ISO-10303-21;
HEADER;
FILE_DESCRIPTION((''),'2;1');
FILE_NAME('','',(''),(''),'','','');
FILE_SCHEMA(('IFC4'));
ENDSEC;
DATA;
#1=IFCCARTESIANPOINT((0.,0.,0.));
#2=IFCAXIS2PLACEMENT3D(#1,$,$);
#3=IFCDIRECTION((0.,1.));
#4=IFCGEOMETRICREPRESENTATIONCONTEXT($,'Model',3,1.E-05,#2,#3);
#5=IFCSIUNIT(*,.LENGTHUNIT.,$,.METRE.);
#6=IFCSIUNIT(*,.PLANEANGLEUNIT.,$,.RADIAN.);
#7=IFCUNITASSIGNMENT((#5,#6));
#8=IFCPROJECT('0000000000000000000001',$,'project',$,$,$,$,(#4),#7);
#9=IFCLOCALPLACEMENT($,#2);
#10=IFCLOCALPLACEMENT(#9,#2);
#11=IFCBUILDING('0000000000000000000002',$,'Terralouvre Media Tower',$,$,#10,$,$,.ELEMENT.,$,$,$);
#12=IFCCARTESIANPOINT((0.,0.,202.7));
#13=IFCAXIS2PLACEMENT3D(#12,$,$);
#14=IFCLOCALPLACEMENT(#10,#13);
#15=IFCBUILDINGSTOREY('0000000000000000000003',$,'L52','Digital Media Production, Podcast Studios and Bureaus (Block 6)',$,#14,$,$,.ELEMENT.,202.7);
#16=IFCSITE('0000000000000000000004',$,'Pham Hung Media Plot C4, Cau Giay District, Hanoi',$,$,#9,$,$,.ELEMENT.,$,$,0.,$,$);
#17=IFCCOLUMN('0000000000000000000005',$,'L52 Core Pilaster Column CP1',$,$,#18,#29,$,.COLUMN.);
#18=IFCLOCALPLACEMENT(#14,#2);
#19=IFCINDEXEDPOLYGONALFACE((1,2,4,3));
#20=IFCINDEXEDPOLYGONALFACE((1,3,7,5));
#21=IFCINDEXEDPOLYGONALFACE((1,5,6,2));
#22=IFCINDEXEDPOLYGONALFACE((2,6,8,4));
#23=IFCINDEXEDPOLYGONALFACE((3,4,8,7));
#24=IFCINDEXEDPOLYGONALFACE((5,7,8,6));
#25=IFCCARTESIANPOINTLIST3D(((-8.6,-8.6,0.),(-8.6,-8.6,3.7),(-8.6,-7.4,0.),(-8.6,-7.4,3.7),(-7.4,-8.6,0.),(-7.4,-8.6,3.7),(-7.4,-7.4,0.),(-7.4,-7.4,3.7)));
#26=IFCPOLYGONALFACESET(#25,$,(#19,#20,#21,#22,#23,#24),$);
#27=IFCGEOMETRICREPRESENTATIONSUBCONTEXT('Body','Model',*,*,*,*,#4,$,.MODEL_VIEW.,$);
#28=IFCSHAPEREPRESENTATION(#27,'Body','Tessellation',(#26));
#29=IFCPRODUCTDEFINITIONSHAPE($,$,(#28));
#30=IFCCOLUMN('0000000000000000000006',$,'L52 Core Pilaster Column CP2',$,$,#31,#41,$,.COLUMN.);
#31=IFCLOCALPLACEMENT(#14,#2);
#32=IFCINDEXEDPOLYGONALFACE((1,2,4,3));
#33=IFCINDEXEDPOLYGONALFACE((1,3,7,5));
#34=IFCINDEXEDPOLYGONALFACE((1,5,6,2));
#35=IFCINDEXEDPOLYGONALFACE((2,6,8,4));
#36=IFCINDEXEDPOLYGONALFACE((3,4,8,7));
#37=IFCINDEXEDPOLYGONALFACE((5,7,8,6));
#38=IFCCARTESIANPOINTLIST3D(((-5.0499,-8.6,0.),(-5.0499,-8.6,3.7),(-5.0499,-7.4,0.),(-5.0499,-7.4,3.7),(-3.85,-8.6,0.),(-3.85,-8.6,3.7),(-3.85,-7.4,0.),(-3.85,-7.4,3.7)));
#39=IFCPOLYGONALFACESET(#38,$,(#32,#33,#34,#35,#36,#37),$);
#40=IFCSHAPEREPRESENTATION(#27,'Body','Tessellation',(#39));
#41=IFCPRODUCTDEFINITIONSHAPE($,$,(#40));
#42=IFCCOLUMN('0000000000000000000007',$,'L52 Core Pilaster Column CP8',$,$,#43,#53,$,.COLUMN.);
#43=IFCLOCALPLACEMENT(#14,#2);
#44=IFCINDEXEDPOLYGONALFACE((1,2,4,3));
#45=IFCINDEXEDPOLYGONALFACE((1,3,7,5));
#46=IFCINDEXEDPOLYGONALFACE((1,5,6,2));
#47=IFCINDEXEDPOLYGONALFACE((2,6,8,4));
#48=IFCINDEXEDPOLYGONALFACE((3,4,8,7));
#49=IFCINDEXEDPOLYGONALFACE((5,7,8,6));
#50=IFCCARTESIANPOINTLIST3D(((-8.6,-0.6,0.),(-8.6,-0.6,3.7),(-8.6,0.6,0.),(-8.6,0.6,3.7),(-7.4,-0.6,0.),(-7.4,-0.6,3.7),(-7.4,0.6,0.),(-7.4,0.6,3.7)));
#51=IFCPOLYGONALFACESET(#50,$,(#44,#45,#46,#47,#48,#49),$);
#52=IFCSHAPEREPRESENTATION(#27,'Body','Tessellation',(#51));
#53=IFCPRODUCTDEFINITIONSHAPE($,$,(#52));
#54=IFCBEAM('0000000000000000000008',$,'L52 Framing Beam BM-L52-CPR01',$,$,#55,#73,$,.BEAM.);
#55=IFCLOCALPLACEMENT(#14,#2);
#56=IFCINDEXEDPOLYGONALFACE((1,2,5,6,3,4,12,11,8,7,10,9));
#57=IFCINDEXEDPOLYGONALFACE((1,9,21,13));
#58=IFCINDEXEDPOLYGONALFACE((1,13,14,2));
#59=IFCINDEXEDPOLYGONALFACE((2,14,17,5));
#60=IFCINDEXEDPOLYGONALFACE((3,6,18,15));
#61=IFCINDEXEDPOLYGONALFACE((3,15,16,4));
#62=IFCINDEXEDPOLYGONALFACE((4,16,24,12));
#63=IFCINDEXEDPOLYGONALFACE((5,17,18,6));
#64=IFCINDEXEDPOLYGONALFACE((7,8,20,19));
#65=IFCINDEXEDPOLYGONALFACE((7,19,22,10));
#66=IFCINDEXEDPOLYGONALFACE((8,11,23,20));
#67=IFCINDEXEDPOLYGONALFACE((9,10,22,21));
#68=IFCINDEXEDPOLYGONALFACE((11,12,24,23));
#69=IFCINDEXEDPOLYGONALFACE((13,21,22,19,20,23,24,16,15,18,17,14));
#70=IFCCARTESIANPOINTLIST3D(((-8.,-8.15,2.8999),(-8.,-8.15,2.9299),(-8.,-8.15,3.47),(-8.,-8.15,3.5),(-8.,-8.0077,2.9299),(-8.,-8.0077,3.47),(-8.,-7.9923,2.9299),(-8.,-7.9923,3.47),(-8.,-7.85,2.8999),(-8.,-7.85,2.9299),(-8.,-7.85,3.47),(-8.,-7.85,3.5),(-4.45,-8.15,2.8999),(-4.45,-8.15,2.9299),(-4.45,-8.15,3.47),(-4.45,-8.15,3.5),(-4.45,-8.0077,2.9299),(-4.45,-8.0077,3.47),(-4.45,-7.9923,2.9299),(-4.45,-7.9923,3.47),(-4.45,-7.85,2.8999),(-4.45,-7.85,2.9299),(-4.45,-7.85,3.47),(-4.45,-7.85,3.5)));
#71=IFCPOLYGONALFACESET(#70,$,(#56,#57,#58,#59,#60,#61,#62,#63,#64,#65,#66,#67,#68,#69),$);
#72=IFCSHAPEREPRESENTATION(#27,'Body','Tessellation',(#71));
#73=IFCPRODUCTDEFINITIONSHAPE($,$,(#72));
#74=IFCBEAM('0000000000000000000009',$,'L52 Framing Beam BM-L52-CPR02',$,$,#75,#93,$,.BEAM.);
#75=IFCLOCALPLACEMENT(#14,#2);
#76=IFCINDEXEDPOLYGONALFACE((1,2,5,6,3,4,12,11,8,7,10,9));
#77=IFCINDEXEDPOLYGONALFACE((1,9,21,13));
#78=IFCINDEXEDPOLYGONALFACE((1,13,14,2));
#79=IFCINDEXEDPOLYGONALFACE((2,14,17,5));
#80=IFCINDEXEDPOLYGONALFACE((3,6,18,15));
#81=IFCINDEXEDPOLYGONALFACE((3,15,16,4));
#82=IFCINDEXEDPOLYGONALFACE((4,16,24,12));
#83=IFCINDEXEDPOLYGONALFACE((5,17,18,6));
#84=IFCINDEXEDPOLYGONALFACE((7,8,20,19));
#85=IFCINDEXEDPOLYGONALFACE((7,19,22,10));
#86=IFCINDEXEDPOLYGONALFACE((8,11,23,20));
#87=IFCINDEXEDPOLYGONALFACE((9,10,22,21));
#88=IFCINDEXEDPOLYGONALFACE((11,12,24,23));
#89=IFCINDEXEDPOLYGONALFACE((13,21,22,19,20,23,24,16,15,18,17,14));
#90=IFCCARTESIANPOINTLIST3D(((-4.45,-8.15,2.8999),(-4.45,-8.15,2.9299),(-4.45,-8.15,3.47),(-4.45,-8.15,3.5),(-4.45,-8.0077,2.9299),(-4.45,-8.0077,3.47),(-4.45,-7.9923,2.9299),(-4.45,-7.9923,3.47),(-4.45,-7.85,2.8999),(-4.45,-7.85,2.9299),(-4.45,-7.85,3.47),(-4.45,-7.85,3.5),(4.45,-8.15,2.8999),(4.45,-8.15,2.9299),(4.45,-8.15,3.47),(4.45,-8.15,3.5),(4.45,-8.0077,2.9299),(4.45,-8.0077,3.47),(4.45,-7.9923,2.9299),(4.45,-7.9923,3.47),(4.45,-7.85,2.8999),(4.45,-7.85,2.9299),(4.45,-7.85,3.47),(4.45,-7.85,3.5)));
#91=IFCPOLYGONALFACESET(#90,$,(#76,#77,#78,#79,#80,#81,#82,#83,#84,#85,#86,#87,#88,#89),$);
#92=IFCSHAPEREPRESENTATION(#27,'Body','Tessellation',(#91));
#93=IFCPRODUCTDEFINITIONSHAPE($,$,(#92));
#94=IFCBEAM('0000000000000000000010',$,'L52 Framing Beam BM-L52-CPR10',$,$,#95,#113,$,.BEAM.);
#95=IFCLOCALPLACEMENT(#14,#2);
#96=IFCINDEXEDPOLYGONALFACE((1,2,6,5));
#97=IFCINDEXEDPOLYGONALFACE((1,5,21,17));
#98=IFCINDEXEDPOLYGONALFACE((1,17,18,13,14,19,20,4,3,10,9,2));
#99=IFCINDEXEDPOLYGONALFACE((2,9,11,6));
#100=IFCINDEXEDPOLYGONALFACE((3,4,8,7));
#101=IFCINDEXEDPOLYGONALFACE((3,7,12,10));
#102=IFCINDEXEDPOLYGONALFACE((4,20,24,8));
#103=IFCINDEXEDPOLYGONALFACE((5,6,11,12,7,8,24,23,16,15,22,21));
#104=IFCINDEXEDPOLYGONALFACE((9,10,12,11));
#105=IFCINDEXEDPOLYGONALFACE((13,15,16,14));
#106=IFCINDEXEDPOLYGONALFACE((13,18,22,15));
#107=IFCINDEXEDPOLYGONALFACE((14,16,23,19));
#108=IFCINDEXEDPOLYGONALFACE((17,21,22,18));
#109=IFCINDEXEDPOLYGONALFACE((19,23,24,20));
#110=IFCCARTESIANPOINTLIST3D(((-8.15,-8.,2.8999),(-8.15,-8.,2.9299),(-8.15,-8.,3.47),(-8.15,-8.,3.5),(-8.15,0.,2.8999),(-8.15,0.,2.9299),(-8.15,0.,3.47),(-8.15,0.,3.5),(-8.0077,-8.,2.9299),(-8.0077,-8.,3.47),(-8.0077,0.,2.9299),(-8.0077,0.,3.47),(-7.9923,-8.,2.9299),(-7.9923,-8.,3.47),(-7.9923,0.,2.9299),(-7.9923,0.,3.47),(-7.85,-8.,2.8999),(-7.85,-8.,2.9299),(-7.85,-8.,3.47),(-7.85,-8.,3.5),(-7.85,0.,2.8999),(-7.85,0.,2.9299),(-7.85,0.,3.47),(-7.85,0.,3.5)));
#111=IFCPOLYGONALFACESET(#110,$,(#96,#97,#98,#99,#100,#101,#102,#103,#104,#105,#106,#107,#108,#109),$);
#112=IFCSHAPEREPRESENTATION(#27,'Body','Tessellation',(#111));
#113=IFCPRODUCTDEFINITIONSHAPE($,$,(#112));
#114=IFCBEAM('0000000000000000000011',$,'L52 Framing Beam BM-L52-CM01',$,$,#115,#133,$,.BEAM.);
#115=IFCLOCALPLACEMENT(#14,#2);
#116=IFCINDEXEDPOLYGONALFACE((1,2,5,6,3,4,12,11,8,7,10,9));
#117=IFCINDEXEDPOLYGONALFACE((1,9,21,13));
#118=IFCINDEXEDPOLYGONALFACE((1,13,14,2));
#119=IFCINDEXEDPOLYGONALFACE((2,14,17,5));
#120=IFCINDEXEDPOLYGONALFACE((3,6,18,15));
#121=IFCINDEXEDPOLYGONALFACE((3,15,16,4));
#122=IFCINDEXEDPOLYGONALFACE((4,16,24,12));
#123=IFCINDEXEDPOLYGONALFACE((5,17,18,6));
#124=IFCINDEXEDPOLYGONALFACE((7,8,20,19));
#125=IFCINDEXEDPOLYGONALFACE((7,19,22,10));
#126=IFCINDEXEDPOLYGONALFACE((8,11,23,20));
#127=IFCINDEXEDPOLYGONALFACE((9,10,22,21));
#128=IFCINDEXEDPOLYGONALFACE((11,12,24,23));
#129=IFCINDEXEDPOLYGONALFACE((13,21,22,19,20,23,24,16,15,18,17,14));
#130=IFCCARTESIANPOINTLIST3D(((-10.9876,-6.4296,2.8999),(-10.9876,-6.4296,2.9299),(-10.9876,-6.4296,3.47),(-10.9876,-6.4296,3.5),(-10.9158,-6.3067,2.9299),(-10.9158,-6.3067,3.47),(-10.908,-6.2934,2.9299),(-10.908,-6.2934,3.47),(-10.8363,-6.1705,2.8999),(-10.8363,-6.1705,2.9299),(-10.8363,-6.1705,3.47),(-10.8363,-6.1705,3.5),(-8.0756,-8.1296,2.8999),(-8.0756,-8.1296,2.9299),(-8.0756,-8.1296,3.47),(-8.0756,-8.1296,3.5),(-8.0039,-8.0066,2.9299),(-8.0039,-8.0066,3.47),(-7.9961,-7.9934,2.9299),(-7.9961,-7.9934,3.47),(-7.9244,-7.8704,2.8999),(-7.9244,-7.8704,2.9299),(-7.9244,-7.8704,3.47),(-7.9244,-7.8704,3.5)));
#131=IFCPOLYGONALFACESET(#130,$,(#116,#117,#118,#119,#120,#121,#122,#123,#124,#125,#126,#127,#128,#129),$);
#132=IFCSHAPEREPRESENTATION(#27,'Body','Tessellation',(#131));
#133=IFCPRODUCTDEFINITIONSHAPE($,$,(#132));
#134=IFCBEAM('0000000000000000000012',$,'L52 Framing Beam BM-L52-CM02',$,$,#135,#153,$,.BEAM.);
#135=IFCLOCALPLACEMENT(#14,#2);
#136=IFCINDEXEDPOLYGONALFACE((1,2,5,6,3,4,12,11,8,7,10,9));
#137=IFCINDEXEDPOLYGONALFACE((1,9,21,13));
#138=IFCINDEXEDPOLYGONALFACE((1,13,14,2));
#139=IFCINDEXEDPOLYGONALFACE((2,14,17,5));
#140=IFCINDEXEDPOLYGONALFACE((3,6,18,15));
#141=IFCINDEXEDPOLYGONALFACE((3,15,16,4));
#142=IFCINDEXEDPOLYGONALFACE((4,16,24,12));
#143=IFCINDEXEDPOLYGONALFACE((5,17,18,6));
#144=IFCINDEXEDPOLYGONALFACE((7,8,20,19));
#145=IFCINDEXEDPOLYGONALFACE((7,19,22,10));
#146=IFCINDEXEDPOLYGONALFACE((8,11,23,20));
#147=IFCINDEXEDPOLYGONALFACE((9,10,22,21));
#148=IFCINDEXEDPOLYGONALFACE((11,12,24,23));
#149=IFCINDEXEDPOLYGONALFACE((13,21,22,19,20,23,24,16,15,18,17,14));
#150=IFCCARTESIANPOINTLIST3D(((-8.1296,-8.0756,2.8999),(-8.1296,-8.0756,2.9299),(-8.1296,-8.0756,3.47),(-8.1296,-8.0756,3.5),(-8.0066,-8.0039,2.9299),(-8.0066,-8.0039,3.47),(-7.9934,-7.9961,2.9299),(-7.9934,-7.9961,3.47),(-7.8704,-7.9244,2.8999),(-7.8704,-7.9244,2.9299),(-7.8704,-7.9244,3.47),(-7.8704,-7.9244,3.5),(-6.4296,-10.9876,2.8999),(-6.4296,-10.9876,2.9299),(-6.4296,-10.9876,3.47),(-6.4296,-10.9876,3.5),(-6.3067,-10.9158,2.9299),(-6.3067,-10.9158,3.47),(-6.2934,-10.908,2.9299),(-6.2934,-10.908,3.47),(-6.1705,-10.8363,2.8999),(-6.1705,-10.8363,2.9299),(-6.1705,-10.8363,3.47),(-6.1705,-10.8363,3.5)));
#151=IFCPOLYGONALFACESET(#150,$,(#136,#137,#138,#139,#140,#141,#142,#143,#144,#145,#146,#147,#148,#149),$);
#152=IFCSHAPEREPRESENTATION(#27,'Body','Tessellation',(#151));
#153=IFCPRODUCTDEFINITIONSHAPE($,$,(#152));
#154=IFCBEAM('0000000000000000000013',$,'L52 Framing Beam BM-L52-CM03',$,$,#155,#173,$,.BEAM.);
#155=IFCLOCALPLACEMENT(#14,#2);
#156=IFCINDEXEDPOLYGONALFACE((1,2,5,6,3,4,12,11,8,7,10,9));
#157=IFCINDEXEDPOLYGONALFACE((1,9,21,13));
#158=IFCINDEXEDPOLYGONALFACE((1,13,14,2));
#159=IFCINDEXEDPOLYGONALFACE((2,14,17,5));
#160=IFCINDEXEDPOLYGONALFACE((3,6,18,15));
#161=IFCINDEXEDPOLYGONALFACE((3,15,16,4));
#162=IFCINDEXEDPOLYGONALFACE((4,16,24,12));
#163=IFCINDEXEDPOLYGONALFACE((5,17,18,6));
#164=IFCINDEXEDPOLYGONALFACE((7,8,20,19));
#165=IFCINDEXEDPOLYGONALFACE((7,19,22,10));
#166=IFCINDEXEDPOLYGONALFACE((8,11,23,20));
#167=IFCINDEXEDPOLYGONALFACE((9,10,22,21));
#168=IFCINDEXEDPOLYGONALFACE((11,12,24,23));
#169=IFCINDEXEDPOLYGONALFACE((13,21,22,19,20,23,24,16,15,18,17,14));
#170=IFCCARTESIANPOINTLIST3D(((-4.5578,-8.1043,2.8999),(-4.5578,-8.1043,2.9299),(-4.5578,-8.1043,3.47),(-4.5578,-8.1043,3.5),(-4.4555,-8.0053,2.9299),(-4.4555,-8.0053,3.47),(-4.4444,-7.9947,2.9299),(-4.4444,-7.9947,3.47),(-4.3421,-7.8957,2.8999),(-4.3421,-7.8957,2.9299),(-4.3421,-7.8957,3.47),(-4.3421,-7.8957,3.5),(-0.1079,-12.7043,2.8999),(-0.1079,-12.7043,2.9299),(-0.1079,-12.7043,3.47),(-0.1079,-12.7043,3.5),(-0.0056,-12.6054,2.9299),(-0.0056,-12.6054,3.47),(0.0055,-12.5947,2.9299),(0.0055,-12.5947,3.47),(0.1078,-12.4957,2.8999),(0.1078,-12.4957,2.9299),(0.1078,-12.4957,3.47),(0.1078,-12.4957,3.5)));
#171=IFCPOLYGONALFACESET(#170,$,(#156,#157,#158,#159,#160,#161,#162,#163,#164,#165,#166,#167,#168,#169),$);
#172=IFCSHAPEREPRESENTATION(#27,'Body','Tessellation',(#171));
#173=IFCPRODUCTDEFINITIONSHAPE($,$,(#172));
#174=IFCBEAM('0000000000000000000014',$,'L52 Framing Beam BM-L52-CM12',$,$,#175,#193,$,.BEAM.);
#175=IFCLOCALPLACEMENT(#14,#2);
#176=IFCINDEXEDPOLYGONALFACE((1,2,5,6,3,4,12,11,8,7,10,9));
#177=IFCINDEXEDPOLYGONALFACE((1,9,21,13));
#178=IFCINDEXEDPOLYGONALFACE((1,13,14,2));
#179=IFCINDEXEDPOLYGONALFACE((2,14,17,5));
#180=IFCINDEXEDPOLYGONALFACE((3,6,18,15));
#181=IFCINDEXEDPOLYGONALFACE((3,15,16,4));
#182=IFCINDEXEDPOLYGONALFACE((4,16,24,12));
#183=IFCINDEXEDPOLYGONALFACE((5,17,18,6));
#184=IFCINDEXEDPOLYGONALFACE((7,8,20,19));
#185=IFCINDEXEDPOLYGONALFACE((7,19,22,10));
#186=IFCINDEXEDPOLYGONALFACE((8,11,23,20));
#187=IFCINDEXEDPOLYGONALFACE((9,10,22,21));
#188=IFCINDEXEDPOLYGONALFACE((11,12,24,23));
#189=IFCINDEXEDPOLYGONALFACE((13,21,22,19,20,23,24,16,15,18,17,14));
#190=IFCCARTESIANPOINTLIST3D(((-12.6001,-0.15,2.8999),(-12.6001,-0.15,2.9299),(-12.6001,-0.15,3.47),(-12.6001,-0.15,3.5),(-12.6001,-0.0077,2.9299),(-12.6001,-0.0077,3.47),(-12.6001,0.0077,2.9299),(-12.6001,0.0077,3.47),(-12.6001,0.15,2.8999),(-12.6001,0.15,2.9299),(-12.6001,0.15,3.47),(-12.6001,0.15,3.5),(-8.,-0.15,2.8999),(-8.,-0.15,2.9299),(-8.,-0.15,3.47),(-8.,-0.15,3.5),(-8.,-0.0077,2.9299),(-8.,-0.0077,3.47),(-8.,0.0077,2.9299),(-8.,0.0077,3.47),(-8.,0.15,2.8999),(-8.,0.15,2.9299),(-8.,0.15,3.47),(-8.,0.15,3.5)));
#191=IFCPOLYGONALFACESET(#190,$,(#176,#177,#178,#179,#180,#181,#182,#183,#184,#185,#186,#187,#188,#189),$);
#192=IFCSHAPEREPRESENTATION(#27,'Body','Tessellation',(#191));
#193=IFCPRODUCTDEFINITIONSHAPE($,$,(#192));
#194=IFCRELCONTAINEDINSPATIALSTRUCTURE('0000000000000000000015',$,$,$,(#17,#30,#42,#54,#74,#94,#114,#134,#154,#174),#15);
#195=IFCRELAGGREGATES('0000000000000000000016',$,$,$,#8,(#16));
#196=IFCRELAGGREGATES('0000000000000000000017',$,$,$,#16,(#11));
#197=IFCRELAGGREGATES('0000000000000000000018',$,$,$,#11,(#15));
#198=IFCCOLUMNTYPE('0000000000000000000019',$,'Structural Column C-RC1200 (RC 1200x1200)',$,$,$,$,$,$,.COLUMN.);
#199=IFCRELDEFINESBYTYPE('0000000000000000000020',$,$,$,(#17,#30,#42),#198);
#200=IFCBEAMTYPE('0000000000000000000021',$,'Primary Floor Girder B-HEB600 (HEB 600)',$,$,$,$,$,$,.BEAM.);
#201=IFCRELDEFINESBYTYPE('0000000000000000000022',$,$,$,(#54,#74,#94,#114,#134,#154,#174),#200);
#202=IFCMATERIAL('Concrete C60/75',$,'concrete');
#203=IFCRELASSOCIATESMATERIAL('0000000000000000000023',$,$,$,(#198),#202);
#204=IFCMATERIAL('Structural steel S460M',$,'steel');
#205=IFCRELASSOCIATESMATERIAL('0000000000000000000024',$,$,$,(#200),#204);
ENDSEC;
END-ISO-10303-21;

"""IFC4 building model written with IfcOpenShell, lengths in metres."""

from ifc_helpers import new_model, si_unit, direction, frame, origin, origin_2d, place, context, subcontext, project, spatial, rectangle, i_section, extrude, material, material_profile, profile_set, type_object, element, save


model = new_model("IFC4")

# Units and contexts
model_context = context("Model", 3, precision=1e-05, world=origin(), true_north=direction((0.0, 1.0)))
body_context = subcontext(model_context, "Body", "Model", "MODEL_VIEW")
ifc_project = project(units=[si_unit("LENGTHUNIT", "METRE"), si_unit("PLANEANGLEUNIT", "RADIAN")], contexts=[model_context])

# Site, building, storey
site_placement = place(None, origin())
site = spatial("IfcSite", under=ifc_project, at=site_placement, Name="Pham Hung Media Plot C4, Cau Giay District, Hanoi", CompositionType="ELEMENT", RefElevation=0.0)
building_placement = place(site_placement, origin())
building = spatial("IfcBuilding", under=site, at=building_placement, Name="Terralouvre Media Tower", CompositionType="ELEMENT")
storey_placement = place(building_placement, frame((0.0, 0.0, 202.7)))
storey = spatial("IfcBuildingStorey", under=building, at=storey_placement, Name="L52", Description="Digital Media Production, Podcast Studios and Bureaus (Block 6)", CompositionType="ELEMENT", Elevation=202.7)

# Columns
ifc_material_1 = material(Name="Concrete C60/75", Category="concrete")
ifc_material_profile_1 = material_profile(ifc_material_1, rectangle(XDim=1.2, YDim=1.2, at=origin_2d()), Name="RC 1200x1200")
ifc_profile_set_1 = profile_set([ifc_material_profile_1], Name="Concrete C60/75")
column_type = type_object("IfcColumnType", Name="Structural Column C-RC1200 (RC 1200x1200)", PredefinedType="COLUMN", material=ifc_profile_set_1)
for number, where, z_axis, x_axis, name in (
    (1, (-8.0, -8.0, 0.0), (0.0, 0.0, 1.0), (1.0, 0.0, 0.0), "L52 Core Pilaster Column CP1"),
    (2, (-4.45, -8.0, 0.0), (0.0, 0.0, 1.0), (1.0, 0.0, 0.0), "L52 Core Pilaster Column CP2"),
    (3, (-8.0, 0.0, 0.0), (0.0, 0.0, 1.0), (1.0, 0.0, 0.0), "L52 Core Pilaster Column CP8"),
):
    element("IfcColumn", number, at=place(storey_placement, frame(where, z_axis=z_axis, x_axis=x_axis)), inside=storey, type_object=column_type, Name=name, PredefinedType="COLUMN", context=body_context, shape_type="SweptSolid", body=[
        extrude(rectangle(XDim=1.2, YDim=1.2, at=origin_2d()), origin(), (0.0, 0.0, 1.0), 3.7),
    ])

# Beams
ifc_material_2 = material(Name="Structural steel S460M", Category="steel")
ifc_material_profile_2 = material_profile(ifc_material_2, i_section(OverallWidth=0.3, OverallDepth=0.6001, WebThickness=0.0154, FlangeThickness=0.03, at=origin_2d()), Name="HEB 600")
ifc_profile_set_2 = profile_set([ifc_material_profile_2], Name="Structural steel S460M")
beam_type = type_object("IfcBeamType", Name="Primary Floor Girder B-HEB600 (HEB 600)", PredefinedType="BEAM", material=ifc_profile_set_2)
beam_1_placement = place(storey_placement, frame((-8.0, -8.0, 3.2), z_axis=(1.0, 0.0, 0.0), x_axis=(0.0, 1.0, 0.0)))
element("IfcBeam", 4, at=beam_1_placement, inside=storey, type_object=beam_type, Name="L52 Framing Beam BM-L52-CPR01", PredefinedType="BEAM", context=body_context, shape_type="SweptSolid", body=[
    extrude(i_section(OverallWidth=0.3, OverallDepth=0.6001, WebThickness=0.0154, FlangeThickness=0.03, at=origin_2d()), origin(), (0.0, 0.0, 1.0), 3.55),
])
beam_2_placement = place(storey_placement, frame((-4.45, -8.0, 3.2), z_axis=(1.0, 0.0, 0.0), x_axis=(0.0, 1.0, 0.0)))
element("IfcBeam", 5, at=beam_2_placement, inside=storey, type_object=beam_type, Name="L52 Framing Beam BM-L52-CPR02", PredefinedType="BEAM", context=body_context, shape_type="SweptSolid", body=[
    extrude(i_section(OverallWidth=0.3, OverallDepth=0.6001, WebThickness=0.0154, FlangeThickness=0.03, at=origin_2d()), origin(), (0.0, 0.0, 1.0), 8.8999),
])
beam_3_placement = place(storey_placement, frame((-8.0, 0.0, 3.2), z_axis=(0.0, -1.0, 0.0), x_axis=(1.0, 0.0, 0.0)))
element("IfcBeam", 6, at=beam_3_placement, inside=storey, type_object=beam_type, Name="L52 Framing Beam BM-L52-CPR10", PredefinedType="BEAM", context=body_context, shape_type="SweptSolid", body=[
    extrude(i_section(OverallWidth=0.3, OverallDepth=0.6001, WebThickness=0.0154, FlangeThickness=0.03, at=origin_2d()), origin(), (0.0, 0.0, 1.0), 8.0),
])
for number, where, z_axis, x_axis, name in (
    (7, (-8.0, -8.0, 3.2), (-0.863603, 0.504173, 0.0), (-0.504173, -0.863603, 0.0), "L52 Framing Beam BM-L52-CM01"),
    (8, (-8.0, -8.0, 3.2), (0.504173, -0.863603, 0.0), (0.863603, 0.504173, 0.0), "L52 Framing Beam BM-L52-CM02"),
):
    element("IfcBeam", number, at=place(storey_placement, frame(where, z_axis=z_axis, x_axis=x_axis)), inside=storey, type_object=beam_type, Name=name, PredefinedType="BEAM", context=body_context, shape_type="SweptSolid", body=[
        extrude(i_section(OverallWidth=0.3, OverallDepth=0.6001, WebThickness=0.0154, FlangeThickness=0.03, at=origin_2d()), origin(), (0.0, 0.0, 1.0), 3.3718),
    ])
beam_4_placement = place(storey_placement, frame((-4.45, -8.0, 3.2), z_axis=(0.69528, -0.718739, 0.0), x_axis=(0.718739, 0.69528, 0.0)))
element("IfcBeam", 9, at=beam_4_placement, inside=storey, type_object=beam_type, Name="L52 Framing Beam BM-L52-CM03", PredefinedType="BEAM", context=body_context, shape_type="SweptSolid", body=[
    extrude(i_section(OverallWidth=0.3, OverallDepth=0.6001, WebThickness=0.0154, FlangeThickness=0.03, at=origin_2d()), origin(), (0.0, 0.0, 1.0), 6.4001),
])
beam_5_placement = place(storey_placement, frame((-8.0, 0.0, 3.2), z_axis=(-1.0, 0.0, 0.0), x_axis=(0.0, -1.0, 0.0)))
element("IfcBeam", 10, at=beam_5_placement, inside=storey, type_object=beam_type, Name="L52 Framing Beam BM-L52-CM12", PredefinedType="BEAM", context=body_context, shape_type="SweptSolid", body=[
    extrude(i_section(OverallWidth=0.3, OverallDepth=0.6001, WebThickness=0.0154, FlangeThickness=0.03, at=origin_2d()), origin(), (0.0, 0.0, 1.0), 4.6001),
])

save(model, "model.ifc")
